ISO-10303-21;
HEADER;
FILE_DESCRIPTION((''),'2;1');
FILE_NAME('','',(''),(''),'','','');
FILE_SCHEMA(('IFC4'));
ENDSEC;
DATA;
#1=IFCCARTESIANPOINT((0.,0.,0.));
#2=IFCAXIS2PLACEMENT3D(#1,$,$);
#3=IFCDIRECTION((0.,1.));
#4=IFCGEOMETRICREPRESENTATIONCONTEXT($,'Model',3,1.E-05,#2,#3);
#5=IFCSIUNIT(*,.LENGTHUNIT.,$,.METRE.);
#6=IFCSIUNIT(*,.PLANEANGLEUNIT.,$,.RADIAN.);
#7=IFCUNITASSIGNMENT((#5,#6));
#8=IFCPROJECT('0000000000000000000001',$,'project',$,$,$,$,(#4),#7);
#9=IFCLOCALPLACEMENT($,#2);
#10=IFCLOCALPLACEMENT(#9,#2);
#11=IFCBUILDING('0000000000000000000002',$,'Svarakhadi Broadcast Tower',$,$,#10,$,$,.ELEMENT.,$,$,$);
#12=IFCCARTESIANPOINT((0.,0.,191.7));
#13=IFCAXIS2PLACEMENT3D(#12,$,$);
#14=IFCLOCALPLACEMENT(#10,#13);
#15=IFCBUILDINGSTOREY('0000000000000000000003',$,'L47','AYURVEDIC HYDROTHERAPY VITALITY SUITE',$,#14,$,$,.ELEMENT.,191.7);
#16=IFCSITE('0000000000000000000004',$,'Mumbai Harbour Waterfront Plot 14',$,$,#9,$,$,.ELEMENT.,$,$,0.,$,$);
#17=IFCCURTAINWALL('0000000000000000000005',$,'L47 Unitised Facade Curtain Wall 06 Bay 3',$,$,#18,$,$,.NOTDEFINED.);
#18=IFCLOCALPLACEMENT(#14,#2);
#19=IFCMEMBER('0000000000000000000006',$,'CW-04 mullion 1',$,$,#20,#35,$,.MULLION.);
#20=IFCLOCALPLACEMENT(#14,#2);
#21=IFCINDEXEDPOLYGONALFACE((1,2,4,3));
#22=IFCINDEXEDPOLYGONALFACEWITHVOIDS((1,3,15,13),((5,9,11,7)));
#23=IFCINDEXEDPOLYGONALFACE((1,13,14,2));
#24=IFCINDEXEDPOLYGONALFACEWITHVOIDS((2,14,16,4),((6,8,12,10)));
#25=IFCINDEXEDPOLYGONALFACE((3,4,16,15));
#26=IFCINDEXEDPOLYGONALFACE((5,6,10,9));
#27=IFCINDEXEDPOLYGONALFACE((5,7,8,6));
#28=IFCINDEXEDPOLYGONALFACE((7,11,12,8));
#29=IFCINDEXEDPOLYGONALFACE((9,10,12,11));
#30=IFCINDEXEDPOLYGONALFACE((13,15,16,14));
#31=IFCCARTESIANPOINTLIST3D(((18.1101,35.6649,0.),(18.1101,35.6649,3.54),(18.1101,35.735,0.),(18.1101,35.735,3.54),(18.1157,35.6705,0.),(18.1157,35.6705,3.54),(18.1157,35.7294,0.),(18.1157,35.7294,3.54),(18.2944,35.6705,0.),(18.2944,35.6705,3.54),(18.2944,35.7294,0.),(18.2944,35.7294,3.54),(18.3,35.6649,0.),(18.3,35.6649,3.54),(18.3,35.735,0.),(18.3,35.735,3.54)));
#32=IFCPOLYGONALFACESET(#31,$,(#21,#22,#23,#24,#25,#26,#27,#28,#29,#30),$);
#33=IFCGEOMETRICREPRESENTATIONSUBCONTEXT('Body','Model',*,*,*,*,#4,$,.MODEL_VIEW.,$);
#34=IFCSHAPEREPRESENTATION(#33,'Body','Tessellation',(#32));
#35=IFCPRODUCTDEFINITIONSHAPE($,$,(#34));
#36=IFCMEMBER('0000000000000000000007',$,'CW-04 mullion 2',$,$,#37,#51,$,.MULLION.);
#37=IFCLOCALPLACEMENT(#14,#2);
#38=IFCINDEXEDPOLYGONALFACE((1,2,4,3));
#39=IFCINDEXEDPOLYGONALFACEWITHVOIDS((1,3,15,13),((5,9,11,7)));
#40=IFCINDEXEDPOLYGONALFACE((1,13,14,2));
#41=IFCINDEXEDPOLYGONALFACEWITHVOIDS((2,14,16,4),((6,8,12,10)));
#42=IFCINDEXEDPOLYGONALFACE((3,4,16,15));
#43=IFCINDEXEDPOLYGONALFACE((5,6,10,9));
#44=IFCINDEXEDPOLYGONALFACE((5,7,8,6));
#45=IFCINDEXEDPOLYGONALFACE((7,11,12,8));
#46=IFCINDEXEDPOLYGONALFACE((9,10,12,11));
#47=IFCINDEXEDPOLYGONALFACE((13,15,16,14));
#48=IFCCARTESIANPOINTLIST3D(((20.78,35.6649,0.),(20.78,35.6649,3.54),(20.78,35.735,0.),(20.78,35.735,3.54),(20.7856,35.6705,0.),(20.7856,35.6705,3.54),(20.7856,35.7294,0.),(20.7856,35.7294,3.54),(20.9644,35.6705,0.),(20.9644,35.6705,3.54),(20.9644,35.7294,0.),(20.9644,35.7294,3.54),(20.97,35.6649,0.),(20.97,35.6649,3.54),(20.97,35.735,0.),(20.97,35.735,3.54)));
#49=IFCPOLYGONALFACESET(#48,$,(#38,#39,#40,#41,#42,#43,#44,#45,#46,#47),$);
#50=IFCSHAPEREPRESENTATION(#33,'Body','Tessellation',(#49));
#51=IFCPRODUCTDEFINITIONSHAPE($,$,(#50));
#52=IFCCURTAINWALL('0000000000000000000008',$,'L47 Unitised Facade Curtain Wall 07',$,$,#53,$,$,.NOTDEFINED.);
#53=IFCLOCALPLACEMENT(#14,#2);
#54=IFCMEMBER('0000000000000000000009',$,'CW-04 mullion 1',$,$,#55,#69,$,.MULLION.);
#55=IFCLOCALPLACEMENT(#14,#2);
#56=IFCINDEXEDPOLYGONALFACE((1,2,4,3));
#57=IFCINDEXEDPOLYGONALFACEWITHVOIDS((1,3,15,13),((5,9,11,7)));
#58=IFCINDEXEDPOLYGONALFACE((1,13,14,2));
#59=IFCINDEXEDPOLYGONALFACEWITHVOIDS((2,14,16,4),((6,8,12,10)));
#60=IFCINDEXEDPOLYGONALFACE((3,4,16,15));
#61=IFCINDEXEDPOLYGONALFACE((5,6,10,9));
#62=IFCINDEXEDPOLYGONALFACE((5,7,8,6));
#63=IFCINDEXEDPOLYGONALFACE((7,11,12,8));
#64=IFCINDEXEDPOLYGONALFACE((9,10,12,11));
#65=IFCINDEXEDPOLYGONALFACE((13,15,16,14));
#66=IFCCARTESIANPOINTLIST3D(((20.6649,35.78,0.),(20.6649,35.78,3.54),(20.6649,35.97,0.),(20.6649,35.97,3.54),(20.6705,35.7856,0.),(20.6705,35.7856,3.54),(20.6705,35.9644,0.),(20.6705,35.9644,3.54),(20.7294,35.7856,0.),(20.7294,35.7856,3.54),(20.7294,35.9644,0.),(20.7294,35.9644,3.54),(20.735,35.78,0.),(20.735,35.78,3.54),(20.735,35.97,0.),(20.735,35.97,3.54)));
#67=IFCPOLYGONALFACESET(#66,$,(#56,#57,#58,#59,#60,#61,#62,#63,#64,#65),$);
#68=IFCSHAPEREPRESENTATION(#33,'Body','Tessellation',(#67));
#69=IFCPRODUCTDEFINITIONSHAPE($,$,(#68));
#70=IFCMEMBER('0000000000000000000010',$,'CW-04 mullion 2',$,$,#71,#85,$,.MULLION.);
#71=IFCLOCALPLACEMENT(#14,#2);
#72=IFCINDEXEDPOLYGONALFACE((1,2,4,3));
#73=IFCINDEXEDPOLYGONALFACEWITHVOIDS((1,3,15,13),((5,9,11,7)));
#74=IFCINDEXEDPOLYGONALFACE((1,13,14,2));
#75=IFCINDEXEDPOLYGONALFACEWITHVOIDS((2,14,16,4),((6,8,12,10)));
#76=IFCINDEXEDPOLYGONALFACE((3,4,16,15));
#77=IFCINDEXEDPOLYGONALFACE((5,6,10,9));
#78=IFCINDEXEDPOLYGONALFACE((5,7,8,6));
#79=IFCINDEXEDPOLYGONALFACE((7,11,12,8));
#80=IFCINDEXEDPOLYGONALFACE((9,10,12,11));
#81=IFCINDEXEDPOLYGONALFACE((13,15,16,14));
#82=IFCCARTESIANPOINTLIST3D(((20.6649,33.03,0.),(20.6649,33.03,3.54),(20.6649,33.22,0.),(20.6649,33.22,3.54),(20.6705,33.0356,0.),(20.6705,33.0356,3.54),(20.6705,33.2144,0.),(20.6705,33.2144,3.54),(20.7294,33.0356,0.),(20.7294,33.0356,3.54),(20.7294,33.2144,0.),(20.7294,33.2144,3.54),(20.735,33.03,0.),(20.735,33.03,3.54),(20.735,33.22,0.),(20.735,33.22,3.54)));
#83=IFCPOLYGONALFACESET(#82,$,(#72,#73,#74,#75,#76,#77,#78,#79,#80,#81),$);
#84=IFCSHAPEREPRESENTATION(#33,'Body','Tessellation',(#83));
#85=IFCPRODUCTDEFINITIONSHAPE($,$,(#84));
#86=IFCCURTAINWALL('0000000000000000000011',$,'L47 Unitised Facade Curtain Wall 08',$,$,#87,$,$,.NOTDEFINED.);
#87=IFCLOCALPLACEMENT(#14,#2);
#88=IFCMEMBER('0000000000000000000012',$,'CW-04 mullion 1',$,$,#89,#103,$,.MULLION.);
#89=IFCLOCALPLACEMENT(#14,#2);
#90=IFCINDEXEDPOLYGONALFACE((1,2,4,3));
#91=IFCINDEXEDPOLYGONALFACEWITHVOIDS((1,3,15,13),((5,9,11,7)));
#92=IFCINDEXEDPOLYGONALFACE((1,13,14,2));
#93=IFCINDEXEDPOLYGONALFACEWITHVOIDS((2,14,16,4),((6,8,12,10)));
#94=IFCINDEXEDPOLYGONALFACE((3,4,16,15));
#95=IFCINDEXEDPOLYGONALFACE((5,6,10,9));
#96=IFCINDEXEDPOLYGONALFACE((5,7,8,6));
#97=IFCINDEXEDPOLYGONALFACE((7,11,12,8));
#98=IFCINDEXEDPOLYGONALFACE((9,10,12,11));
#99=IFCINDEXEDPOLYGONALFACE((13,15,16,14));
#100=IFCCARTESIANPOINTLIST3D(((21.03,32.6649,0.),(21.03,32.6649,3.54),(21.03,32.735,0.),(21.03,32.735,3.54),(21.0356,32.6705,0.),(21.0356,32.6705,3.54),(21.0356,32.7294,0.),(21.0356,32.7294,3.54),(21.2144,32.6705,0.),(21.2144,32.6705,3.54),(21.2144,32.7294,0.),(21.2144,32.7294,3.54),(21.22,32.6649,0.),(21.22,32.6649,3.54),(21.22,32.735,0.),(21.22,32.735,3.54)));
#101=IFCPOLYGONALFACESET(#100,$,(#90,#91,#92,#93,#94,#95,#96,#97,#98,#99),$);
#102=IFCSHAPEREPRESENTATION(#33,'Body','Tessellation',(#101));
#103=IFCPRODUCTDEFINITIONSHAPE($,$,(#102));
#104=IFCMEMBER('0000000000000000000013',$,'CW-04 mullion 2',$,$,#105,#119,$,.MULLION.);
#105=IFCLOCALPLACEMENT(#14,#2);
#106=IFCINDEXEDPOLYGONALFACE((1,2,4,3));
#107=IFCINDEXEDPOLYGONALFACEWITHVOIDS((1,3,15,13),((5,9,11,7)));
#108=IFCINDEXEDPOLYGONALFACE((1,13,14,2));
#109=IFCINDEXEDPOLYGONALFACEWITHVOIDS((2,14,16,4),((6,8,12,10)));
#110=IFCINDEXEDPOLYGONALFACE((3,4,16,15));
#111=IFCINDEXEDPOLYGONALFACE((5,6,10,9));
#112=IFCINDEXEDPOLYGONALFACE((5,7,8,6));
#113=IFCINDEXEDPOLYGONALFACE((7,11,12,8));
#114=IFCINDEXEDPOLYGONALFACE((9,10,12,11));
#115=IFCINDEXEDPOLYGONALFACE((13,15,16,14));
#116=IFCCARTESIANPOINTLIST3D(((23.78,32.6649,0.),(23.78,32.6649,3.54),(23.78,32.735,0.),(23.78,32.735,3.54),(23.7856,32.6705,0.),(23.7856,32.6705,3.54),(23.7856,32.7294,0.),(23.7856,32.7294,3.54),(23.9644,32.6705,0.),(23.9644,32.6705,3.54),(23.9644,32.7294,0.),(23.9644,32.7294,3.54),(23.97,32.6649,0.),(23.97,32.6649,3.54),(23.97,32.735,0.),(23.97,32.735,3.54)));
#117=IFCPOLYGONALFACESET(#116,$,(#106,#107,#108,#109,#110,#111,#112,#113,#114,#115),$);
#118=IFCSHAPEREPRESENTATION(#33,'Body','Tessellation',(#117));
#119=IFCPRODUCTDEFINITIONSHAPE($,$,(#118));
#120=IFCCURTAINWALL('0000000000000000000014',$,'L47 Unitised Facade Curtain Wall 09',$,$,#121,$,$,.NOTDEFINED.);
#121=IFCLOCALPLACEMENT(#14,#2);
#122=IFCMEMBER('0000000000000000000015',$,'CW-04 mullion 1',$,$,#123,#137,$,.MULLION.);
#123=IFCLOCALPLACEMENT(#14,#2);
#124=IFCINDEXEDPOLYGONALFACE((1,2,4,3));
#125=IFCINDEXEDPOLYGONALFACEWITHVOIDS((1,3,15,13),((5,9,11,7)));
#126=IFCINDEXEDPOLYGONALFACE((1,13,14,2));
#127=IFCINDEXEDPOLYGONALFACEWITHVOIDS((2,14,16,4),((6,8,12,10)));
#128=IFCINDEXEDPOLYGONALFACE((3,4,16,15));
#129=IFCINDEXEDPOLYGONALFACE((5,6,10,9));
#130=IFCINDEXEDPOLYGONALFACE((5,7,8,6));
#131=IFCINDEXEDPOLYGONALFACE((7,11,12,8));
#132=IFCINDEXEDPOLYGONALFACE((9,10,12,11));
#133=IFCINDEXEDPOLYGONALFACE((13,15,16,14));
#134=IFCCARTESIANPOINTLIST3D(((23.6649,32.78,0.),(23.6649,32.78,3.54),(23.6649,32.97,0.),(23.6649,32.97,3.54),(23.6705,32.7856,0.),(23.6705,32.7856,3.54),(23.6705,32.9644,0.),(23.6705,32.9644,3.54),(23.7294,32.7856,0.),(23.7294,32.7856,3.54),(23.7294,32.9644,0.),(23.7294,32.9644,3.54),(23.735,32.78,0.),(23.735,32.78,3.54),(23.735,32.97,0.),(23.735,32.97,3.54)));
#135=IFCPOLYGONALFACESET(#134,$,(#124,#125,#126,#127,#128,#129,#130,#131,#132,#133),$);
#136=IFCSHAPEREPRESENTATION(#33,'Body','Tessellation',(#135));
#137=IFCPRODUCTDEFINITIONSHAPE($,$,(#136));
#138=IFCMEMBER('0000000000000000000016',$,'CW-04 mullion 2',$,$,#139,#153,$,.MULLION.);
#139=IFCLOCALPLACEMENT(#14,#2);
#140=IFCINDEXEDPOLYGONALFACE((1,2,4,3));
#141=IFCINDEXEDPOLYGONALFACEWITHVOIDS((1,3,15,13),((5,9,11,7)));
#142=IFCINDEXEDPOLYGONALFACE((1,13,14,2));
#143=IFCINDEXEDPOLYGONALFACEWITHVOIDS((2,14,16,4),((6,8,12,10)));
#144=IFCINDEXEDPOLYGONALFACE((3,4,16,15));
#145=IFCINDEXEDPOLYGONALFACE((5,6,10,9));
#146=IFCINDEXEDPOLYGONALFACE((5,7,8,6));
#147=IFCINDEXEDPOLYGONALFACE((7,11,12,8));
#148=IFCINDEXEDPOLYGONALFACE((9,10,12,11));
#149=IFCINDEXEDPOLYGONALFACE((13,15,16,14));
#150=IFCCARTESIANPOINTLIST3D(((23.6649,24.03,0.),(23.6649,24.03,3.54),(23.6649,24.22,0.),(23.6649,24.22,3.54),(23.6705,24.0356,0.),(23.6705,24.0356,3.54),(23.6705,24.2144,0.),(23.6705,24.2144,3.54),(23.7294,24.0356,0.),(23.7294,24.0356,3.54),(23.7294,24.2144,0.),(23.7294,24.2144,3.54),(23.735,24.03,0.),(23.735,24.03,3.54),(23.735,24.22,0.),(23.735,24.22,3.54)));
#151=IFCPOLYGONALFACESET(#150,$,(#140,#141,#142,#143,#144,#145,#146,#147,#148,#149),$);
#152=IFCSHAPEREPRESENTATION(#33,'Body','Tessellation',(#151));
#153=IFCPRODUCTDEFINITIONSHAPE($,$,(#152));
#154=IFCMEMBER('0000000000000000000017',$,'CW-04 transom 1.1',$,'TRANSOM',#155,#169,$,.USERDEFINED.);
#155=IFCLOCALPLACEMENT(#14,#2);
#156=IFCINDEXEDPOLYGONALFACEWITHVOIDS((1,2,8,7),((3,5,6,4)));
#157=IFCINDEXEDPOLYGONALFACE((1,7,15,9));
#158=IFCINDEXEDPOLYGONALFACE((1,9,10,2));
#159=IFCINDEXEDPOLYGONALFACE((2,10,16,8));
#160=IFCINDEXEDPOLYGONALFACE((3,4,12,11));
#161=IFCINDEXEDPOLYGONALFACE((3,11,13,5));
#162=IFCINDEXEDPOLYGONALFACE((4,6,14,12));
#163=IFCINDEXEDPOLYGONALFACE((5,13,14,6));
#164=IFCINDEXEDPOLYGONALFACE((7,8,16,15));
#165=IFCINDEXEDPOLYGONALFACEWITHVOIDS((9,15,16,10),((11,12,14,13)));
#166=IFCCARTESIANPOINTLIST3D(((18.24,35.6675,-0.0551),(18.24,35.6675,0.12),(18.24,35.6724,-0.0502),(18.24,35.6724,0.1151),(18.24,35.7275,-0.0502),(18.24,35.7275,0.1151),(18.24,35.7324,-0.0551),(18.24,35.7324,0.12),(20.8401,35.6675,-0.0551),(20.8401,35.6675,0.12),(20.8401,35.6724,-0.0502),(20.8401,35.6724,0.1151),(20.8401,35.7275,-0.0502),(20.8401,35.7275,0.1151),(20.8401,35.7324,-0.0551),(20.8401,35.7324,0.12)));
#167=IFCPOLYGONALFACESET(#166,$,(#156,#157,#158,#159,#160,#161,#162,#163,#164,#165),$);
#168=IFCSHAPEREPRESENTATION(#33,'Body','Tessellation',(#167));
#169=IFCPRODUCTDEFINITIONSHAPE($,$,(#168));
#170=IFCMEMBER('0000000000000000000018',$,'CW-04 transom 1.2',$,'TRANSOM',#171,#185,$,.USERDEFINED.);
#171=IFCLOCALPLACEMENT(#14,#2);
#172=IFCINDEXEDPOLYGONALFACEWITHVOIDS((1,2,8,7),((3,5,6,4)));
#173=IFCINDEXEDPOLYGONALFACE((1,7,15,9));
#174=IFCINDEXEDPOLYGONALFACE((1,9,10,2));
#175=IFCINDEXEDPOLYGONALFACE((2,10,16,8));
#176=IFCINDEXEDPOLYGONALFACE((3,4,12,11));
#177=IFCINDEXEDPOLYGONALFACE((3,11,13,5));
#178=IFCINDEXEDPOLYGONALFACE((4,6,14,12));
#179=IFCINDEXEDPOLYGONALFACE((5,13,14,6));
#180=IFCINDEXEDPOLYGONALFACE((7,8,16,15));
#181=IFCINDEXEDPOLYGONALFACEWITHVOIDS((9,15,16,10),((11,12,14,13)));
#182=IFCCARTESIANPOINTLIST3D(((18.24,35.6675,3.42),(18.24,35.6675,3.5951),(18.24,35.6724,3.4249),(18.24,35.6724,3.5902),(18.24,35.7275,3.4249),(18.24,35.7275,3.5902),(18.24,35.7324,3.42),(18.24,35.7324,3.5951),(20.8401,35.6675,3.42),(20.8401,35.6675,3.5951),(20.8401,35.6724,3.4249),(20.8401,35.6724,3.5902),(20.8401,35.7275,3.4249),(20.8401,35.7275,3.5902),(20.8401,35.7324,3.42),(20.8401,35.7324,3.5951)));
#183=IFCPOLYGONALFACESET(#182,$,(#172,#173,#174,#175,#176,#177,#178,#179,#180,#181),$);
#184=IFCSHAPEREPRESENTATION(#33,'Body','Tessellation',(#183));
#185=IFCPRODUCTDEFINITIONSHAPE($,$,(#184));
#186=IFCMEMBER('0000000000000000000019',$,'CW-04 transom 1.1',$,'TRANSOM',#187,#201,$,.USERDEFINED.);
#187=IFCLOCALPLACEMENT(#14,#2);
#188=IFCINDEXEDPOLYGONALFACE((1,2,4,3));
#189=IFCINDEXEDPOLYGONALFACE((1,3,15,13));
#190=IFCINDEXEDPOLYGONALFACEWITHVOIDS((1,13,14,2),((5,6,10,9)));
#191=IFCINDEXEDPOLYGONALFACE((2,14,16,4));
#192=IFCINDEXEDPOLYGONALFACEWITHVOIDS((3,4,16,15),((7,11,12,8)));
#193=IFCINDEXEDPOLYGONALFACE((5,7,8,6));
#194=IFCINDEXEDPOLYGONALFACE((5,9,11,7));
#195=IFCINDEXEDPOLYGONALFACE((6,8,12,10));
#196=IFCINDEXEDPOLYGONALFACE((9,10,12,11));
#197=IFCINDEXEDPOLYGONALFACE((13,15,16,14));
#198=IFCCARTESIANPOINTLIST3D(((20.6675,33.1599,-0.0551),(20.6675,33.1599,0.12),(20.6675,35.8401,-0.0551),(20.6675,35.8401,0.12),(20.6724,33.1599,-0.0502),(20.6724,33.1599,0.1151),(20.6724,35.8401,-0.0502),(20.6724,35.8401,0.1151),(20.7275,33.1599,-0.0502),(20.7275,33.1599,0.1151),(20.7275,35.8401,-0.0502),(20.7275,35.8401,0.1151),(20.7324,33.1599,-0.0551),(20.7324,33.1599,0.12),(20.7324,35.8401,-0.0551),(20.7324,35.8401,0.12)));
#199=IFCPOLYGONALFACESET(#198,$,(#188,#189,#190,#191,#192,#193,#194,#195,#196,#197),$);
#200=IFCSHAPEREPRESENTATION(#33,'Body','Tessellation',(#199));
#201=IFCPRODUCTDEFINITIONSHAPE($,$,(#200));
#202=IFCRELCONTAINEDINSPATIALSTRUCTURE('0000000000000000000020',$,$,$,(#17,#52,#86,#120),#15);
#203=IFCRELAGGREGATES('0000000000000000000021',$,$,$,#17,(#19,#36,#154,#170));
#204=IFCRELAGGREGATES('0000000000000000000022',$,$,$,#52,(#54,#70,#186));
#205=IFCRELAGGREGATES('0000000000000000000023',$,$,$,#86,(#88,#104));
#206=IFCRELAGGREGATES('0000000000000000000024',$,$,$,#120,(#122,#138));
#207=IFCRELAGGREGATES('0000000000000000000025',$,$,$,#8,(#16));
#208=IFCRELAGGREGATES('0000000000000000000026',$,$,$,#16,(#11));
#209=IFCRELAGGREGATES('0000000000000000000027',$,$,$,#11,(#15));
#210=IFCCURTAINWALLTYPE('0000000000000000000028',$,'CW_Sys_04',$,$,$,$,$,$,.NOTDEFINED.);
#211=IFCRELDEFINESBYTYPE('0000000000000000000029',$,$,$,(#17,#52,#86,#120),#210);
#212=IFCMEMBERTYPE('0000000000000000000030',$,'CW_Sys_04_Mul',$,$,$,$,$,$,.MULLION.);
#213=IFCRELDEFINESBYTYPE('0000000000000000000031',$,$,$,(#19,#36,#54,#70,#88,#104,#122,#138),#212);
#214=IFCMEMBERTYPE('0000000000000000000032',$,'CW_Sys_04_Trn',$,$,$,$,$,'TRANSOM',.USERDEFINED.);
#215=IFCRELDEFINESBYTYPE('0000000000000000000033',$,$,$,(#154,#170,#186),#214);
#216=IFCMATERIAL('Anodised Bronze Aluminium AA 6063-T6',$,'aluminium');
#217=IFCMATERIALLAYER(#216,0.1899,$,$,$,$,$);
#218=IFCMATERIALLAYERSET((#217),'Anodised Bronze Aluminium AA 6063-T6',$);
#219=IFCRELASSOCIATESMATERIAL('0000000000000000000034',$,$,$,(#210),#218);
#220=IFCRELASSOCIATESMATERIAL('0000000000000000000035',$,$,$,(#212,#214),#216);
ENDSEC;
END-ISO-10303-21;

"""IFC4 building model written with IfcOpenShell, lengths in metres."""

from ifc_helpers import new_model, si_unit, direction, frame, origin, origin_2d, place, context, subcontext, project, spatial, hollow_rectangle, extrude, material, layer, layer_set, material_profile, profile_set, type_object, element, aggregate, save


model = new_model("IFC4")

# Units and contexts
model_context = context("Model", 3, precision=1e-05, world=origin(), true_north=direction((0.0, 1.0)))
body_context = subcontext(model_context, "Body", "Model", "MODEL_VIEW")
ifc_project = project(units=[si_unit("LENGTHUNIT", "METRE"), si_unit("PLANEANGLEUNIT", "RADIAN")], contexts=[model_context])

# Site, building, storey
site_placement = place(None, origin())
site = spatial("IfcSite", under=ifc_project, at=site_placement, Name="Mumbai Harbour Waterfront Plot 14", CompositionType="ELEMENT", RefElevation=0.0)
building_placement = place(site_placement, origin())
building = spatial("IfcBuilding", under=site, at=building_placement, Name="Svarakhadi Broadcast Tower", CompositionType="ELEMENT")
storey_placement = place(building_placement, frame((0.0, 0.0, 191.7)))
storey = spatial("IfcBuildingStorey", under=building, at=storey_placement, Name="L47", Description="AYURVEDIC HYDROTHERAPY VITALITY SUITE", CompositionType="ELEMENT", Elevation=191.7)

# Curtain walls, members
ifc_material_1 = material(Name="Anodised Bronze Aluminium AA 6063-T6", Category="aluminium")
ifc_layer_1 = layer(ifc_material_1, 0.1899)
ifc_layer_set_1 = layer_set([ifc_layer_1], Name="Anodised Bronze Aluminium AA 6063-T6")
curtain_wall_type = type_object("IfcCurtainWallType", Name="CW_Sys_04", PredefinedType="NOTDEFINED", material=ifc_layer_set_1)
curtain_wall_1_placement = place(storey_placement, origin())
curtain_wall_1 = element("IfcCurtainWall", 1, at=curtain_wall_1_placement, inside=storey, type_object=curtain_wall_type, Name="L47 Unitised Facade Curtain Wall 06 Bay 3", PredefinedType="NOTDEFINED")
ifc_material_profile_1 = material_profile(ifc_material_1, hollow_rectangle(XDim=0.0701, YDim=0.1899, WallThickness=0.0056, at=origin_2d()), Name="ALU MULLION 190x70x6")
ifc_profile_set_1 = profile_set([ifc_material_profile_1], Name="Anodised Bronze Aluminium AA 6063-T6")
member_type_1 = type_object("IfcMemberType", Name="CW_Sys_04_Mul", PredefinedType="MULLION", material=ifc_profile_set_1)
member_1_placement = place(storey_placement, frame((18.2051, 35.7, 0.0), z_axis=(0.0, 0.0, 1.0), x_axis=(0.0, 1.0, 0.0)))
member_1 = element("IfcMember", 2, at=member_1_placement, type_object=member_type_1, Name="CW-04 mullion 1", PredefinedType="MULLION", context=body_context, shape_type="SweptSolid", body=[
    extrude(hollow_rectangle(XDim=0.0701, YDim=0.1899, WallThickness=0.0056, at=origin_2d()), origin(), (0.0, 0.0, 1.0), 3.54),
])
member_2_placement = place(storey_placement, frame((20.875, 35.7, 0.0), z_axis=(0.0, 0.0, 1.0), x_axis=(0.0, 1.0, 0.0)))
member_2 = element("IfcMember", 3, at=member_2_placement, type_object=member_type_1, Name="CW-04 mullion 2", PredefinedType="MULLION", context=body_context, shape_type="SweptSolid", body=[
    extrude(hollow_rectangle(XDim=0.0701, YDim=0.1899, WallThickness=0.0056, at=origin_2d()), origin(), (0.0, 0.0, 1.0), 3.54),
])
curtain_wall_2_placement = place(storey_placement, origin())
curtain_wall_2 = element("IfcCurtainWall", 4, at=curtain_wall_2_placement, inside=storey, type_object=curtain_wall_type, Name="L47 Unitised Facade Curtain Wall 07", PredefinedType="NOTDEFINED")
member_3_placement = place(storey_placement, frame((20.7, 35.875, 0.0), z_axis=(0.0, 0.0, 1.0), x_axis=(1.0, 0.0, 0.0)))
member_3 = element("IfcMember", 5, at=member_3_placement, type_object=member_type_1, Name="CW-04 mullion 1", PredefinedType="MULLION", context=body_context, shape_type="SweptSolid", body=[
    extrude(hollow_rectangle(XDim=0.0701, YDim=0.1899, WallThickness=0.0056, at=origin_2d()), origin(), (0.0, 0.0, 1.0), 3.54),
])
member_4_placement = place(storey_placement, frame((20.7, 33.125, 0.0), z_axis=(0.0, 0.0, 1.0), x_axis=(1.0, 0.0, 0.0)))
member_4 = element("IfcMember", 6, at=member_4_placement, type_object=member_type_1, Name="CW-04 mullion 2", PredefinedType="MULLION", context=body_context, shape_type="SweptSolid", body=[
    extrude(hollow_rectangle(XDim=0.0701, YDim=0.1899, WallThickness=0.0056, at=origin_2d()), origin(), (0.0, 0.0, 1.0), 3.54),
])
curtain_wall_3_placement = place(storey_placement, origin())
curtain_wall_3 = element("IfcCurtainWall", 7, at=curtain_wall_3_placement, inside=storey, type_object=curtain_wall_type, Name="L47 Unitised Facade Curtain Wall 08", PredefinedType="NOTDEFINED")
member_5_placement = place(storey_placement, frame((21.125, 32.7, 0.0), z_axis=(0.0, 0.0, 1.0), x_axis=(0.0, 1.0, 0.0)))
member_5 = element("IfcMember", 8, at=member_5_placement, type_object=member_type_1, Name="CW-04 mullion 1", PredefinedType="MULLION", context=body_context, shape_type="SweptSolid", body=[
    extrude(hollow_rectangle(XDim=0.0701, YDim=0.1899, WallThickness=0.0056, at=origin_2d()), origin(), (0.0, 0.0, 1.0), 3.54),
])
member_6_placement = place(storey_placement, frame((23.875, 32.7, 0.0), z_axis=(0.0, 0.0, 1.0), x_axis=(0.0, 1.0, 0.0)))
member_6 = element("IfcMember", 9, at=member_6_placement, type_object=member_type_1, Name="CW-04 mullion 2", PredefinedType="MULLION", context=body_context, shape_type="SweptSolid", body=[
    extrude(hollow_rectangle(XDim=0.0701, YDim=0.1899, WallThickness=0.0056, at=origin_2d()), origin(), (0.0, 0.0, 1.0), 3.54),
])
curtain_wall_4_placement = place(storey_placement, origin())
curtain_wall_4 = element("IfcCurtainWall", 10, at=curtain_wall_4_placement, inside=storey, type_object=curtain_wall_type, Name="L47 Unitised Facade Curtain Wall 09", PredefinedType="NOTDEFINED")
member_7_placement = place(storey_placement, frame((23.7, 32.875, 0.0), z_axis=(0.0, 0.0, 1.0), x_axis=(1.0, 0.0, 0.0)))
member_7 = element("IfcMember", 11, at=member_7_placement, type_object=member_type_1, Name="CW-04 mullion 1", PredefinedType="MULLION", context=body_context, shape_type="SweptSolid", body=[
    extrude(hollow_rectangle(XDim=0.0701, YDim=0.1899, WallThickness=0.0056, at=origin_2d()), origin(), (0.0, 0.0, 1.0), 3.54),
])
member_8_placement = place(storey_placement, frame((23.7, 24.125, 0.0), z_axis=(0.0, 0.0, 1.0), x_axis=(1.0, 0.0, 0.0)))
member_8 = element("IfcMember", 12, at=member_8_placement, type_object=member_type_1, Name="CW-04 mullion 2", PredefinedType="MULLION", context=body_context, shape_type="SweptSolid", body=[
    extrude(hollow_rectangle(XDim=0.0701, YDim=0.1899, WallThickness=0.0056, at=origin_2d()), origin(), (0.0, 0.0, 1.0), 3.54),
])

# Members
ifc_material_profile_2 = material_profile(ifc_material_1, hollow_rectangle(XDim=0.0649, YDim=0.175, WallThickness=0.0049, at=origin_2d()), Name="ALU TRANSOM 175x65x5")
ifc_profile_set_2 = profile_set([ifc_material_profile_2], Name="Anodised Bronze Aluminium AA 6063-T6")
member_type_2 = type_object("IfcMemberType", Name="CW_Sys_04_Trn", ElementType="TRANSOM", PredefinedType="USERDEFINED", material=ifc_profile_set_2)
member_9_placement = place(storey_placement, frame((18.24, 35.7, 0.0325), z_axis=(1.0, 0.0, 0.0), x_axis=(0.0, 1.0, 0.0)))
member_9 = element("IfcMember", 13, at=member_9_placement, type_object=member_type_2, Name="CW-04 transom 1.1", ObjectType="TRANSOM", PredefinedType="USERDEFINED", context=body_context, shape_type="SweptSolid", body=[
    extrude(hollow_rectangle(XDim=0.0649, YDim=0.175, WallThickness=0.0049, at=origin_2d()), origin(), (0.0, 0.0, 1.0), 2.6001),
])
member_10_placement = place(storey_placement, frame((18.24, 35.7, 3.5076), z_axis=(1.0, 0.0, 0.0), x_axis=(0.0, 1.0, 0.0)))
member_10 = element("IfcMember", 14, at=member_10_placement, type_object=member_type_2, Name="CW-04 transom 1.2", ObjectType="TRANSOM", PredefinedType="USERDEFINED", context=body_context, shape_type="SweptSolid", body=[
    extrude(hollow_rectangle(XDim=0.0649, YDim=0.175, WallThickness=0.0049, at=origin_2d()), origin(), (0.0, 0.0, 1.0), 2.6001),
])
member_11_placement = place(storey_placement, frame((20.7, 35.8401, 0.0325), z_axis=(0.0, -1.0, 0.0), x_axis=(1.0, 0.0, 0.0)))
member_11 = element("IfcMember", 15, at=member_11_placement, type_object=member_type_2, Name="CW-04 transom 1.1", ObjectType="TRANSOM", PredefinedType="USERDEFINED", context=body_context, shape_type="SweptSolid", body=[
    extrude(hollow_rectangle(XDim=0.0649, YDim=0.175, WallThickness=0.0049, at=origin_2d()), origin(), (0.0, 0.0, 1.0), 2.6802),
])

aggregate(curtain_wall_1, [member_1, member_2, member_9, member_10])
aggregate(curtain_wall_2, [member_3, member_4, member_11])
aggregate(curtain_wall_3, [member_5, member_6])
aggregate(curtain_wall_4, [member_7, member_8])

save(model, "model.ifc")
